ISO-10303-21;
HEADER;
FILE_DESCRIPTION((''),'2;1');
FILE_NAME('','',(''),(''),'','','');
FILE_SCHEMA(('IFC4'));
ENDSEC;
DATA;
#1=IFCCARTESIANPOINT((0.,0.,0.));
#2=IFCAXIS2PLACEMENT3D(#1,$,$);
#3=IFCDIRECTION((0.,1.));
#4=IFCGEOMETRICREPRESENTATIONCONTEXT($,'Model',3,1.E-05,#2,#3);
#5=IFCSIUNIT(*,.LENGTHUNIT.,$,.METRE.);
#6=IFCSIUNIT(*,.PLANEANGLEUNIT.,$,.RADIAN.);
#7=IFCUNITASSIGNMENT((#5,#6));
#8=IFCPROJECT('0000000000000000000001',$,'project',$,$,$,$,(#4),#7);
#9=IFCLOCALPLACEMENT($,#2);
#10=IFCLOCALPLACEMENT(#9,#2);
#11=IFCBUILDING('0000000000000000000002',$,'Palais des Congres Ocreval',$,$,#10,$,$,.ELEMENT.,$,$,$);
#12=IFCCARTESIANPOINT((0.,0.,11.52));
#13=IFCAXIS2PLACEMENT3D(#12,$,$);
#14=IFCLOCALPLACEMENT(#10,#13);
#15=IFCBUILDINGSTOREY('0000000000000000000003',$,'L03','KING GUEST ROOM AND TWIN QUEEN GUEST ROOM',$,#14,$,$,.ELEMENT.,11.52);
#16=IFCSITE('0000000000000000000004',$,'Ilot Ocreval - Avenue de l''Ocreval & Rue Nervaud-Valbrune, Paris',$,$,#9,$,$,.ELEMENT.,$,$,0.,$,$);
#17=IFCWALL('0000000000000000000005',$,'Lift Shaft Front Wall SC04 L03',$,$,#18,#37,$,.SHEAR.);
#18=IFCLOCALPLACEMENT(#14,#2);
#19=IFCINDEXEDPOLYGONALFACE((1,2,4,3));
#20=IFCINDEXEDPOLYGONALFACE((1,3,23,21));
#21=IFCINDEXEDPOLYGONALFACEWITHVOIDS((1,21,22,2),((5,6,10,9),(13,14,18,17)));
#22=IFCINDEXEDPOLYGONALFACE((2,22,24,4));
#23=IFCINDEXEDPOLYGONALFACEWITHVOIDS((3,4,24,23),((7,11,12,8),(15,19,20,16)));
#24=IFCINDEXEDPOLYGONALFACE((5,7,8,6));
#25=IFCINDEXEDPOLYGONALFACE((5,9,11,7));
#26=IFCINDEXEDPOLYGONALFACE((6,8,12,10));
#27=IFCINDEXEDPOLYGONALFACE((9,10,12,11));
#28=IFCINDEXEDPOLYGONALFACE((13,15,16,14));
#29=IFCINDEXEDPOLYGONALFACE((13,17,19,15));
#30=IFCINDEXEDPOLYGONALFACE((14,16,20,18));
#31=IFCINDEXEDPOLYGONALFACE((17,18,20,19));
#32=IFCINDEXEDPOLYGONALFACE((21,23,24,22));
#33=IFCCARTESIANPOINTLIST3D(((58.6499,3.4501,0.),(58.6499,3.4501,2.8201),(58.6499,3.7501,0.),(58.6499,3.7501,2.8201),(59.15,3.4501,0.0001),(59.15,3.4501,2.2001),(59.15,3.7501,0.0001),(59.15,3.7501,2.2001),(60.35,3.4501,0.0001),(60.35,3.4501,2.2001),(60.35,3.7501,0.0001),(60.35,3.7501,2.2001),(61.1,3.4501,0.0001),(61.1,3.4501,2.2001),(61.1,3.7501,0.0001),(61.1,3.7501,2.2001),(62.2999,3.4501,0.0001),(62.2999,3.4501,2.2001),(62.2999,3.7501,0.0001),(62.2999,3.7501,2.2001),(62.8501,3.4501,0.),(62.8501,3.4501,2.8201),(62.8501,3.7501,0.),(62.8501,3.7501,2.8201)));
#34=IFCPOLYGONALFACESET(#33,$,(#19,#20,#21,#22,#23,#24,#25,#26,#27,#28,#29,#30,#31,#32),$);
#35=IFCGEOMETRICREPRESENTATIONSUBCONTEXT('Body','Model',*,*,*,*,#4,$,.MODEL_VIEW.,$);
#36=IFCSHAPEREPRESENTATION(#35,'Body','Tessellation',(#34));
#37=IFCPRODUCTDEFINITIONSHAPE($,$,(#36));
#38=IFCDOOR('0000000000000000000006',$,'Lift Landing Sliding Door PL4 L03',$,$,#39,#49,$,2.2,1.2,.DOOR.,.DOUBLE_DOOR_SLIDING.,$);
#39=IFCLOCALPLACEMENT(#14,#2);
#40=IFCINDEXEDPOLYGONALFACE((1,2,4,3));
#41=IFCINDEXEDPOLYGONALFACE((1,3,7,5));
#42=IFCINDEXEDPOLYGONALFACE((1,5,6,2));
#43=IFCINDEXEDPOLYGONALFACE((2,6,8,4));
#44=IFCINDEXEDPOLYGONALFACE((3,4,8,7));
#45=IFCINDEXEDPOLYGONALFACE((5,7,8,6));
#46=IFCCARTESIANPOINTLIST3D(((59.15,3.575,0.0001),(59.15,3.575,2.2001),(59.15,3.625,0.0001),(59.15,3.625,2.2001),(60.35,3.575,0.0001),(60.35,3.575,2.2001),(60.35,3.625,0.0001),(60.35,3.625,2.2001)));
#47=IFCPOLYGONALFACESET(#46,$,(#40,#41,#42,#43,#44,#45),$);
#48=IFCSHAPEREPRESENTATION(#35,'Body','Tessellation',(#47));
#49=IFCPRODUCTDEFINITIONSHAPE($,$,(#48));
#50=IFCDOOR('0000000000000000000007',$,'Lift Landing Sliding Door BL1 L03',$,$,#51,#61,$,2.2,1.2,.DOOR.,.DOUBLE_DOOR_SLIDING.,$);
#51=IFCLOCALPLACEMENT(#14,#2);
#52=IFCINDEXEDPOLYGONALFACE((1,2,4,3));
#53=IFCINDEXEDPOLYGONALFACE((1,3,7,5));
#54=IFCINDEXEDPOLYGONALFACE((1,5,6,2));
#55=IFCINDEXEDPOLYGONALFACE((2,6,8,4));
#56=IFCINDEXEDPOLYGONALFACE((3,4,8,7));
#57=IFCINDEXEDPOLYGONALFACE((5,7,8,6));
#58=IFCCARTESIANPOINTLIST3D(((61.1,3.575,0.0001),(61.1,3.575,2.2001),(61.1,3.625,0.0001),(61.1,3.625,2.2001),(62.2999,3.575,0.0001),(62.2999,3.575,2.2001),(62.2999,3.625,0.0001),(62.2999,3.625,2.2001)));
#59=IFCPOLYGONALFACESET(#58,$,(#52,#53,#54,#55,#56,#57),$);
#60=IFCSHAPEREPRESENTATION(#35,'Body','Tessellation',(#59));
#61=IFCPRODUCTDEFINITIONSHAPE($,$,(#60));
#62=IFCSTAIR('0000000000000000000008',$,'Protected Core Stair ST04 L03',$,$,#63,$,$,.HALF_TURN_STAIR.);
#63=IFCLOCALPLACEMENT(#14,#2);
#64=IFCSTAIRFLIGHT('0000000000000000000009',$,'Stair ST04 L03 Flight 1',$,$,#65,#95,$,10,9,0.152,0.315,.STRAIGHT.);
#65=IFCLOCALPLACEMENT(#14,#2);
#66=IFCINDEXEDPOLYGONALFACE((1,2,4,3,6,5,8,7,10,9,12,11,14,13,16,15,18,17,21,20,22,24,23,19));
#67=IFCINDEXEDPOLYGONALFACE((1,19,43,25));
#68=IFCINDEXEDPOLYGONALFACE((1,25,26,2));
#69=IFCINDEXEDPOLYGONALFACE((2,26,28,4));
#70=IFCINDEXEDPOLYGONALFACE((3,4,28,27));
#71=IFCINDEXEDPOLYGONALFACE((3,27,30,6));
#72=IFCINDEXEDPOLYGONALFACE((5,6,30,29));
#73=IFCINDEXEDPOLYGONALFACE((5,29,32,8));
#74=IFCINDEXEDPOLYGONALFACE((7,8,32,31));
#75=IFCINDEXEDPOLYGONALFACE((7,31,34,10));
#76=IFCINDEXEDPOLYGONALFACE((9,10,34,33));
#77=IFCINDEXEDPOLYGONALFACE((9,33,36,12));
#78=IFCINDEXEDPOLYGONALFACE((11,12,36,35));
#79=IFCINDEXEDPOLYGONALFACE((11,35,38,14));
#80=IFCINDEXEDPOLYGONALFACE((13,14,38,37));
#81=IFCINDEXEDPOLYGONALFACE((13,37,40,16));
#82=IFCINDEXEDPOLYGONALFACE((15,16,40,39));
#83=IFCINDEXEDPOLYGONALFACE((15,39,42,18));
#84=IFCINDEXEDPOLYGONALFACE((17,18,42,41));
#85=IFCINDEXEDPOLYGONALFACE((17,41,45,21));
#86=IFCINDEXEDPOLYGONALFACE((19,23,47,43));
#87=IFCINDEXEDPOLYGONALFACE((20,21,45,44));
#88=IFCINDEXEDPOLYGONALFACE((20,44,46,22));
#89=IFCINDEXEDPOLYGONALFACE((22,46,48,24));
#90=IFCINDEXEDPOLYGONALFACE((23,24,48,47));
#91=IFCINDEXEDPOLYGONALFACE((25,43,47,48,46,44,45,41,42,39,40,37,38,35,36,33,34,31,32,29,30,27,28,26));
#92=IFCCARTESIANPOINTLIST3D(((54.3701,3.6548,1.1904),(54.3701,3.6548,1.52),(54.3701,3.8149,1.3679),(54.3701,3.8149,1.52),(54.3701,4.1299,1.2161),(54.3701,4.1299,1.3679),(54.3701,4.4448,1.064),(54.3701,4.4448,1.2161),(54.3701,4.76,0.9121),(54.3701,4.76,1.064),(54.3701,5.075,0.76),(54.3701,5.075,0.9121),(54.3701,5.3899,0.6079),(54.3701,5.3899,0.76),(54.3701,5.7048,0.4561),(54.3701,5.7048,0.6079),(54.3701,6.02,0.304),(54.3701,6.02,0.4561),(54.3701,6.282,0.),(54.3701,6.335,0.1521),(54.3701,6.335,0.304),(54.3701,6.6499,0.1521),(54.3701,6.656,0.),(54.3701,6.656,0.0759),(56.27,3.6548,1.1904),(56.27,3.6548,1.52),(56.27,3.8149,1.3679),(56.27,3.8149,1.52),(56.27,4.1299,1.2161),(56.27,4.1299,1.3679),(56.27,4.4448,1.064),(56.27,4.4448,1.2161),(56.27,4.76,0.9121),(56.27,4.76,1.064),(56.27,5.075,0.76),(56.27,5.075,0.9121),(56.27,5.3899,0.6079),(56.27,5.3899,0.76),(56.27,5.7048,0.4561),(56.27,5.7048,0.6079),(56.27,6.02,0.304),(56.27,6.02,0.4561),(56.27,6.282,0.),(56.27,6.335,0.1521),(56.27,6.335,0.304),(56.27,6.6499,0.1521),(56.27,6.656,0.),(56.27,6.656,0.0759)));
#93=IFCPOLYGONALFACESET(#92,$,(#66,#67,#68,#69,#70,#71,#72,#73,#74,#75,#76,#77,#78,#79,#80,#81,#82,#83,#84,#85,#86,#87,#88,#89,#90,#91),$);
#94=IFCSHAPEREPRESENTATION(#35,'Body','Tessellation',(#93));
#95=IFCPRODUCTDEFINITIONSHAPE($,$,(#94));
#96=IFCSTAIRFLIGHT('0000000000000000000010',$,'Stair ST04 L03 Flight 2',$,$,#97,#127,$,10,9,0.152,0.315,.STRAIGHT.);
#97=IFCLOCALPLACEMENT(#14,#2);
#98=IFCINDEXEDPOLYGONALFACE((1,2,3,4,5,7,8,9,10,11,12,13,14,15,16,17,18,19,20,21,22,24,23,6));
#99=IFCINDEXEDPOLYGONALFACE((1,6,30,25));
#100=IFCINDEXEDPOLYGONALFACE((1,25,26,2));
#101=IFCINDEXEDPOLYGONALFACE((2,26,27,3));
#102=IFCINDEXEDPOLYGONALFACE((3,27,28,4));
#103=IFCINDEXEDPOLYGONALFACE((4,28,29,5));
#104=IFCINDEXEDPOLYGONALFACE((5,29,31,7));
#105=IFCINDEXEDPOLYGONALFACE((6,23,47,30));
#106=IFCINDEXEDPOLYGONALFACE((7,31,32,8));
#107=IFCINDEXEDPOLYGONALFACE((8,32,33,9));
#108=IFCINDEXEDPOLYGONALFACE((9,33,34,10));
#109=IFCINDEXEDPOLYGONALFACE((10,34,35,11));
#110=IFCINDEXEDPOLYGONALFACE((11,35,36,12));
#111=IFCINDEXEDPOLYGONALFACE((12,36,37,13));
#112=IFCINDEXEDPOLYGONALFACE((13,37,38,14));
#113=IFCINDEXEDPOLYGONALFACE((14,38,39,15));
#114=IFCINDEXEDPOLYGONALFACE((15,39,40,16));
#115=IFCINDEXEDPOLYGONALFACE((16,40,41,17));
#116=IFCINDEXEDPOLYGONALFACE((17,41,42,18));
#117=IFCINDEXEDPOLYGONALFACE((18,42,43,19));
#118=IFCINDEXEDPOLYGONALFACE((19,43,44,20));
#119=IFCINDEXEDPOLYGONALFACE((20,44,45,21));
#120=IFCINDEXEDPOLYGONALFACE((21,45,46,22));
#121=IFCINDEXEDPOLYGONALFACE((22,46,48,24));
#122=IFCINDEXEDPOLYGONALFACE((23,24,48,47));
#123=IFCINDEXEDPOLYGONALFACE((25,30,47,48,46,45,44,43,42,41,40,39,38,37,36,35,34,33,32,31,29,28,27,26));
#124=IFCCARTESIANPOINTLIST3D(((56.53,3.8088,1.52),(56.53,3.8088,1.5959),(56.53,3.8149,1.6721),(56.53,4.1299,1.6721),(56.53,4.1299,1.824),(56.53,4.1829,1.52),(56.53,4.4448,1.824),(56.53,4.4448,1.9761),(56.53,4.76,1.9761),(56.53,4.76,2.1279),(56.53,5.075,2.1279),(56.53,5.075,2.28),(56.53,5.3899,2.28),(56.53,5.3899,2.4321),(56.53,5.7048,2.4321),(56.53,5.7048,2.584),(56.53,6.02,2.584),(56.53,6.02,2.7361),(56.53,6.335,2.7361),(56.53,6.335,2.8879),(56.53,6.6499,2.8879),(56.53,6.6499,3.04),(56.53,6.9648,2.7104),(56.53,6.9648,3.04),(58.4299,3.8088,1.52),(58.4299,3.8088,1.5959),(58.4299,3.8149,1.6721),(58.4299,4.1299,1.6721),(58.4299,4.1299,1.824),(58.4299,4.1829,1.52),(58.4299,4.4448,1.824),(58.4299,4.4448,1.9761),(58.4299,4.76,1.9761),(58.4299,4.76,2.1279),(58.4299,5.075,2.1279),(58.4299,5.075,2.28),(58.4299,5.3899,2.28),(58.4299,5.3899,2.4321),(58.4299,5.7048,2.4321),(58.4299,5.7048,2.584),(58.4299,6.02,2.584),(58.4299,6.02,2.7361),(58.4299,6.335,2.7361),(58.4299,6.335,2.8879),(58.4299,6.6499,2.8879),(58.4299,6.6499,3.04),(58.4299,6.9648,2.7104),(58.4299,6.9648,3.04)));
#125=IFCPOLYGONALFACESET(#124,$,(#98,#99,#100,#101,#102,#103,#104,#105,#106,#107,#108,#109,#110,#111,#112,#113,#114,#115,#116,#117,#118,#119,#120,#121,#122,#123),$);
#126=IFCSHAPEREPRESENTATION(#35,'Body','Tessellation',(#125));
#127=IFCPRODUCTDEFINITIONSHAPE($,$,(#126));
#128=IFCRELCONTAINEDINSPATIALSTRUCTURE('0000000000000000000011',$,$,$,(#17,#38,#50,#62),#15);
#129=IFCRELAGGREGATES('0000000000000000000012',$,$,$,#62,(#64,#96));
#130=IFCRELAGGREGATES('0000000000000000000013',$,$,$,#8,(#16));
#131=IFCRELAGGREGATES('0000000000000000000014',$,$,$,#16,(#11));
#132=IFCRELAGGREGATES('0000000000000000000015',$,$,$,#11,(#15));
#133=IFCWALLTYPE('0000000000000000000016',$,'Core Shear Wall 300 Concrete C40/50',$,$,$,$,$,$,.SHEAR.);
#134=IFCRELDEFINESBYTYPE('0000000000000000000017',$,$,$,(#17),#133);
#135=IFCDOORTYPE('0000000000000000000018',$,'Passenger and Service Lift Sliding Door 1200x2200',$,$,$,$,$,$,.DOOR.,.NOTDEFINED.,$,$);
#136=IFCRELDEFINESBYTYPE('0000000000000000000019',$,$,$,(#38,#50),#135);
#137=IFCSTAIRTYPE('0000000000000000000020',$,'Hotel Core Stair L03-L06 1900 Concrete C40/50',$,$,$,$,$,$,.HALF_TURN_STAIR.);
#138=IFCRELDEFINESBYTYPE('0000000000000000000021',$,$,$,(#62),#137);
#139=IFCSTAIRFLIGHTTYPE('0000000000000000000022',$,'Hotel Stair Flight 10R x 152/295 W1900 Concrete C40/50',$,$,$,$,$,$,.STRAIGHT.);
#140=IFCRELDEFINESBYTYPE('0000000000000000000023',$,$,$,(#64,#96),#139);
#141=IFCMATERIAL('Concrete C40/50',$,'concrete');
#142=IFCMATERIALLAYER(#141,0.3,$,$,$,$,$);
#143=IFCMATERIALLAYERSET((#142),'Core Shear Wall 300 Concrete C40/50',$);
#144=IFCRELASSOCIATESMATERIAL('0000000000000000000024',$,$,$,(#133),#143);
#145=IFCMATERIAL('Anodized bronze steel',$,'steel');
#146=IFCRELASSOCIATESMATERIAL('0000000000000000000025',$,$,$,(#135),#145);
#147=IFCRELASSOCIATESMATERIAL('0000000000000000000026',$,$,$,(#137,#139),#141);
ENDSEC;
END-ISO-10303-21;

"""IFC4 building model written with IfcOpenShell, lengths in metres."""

from ifc_helpers import new_model, si_unit, direction, frame, frame_2d, origin, place, context, subcontext, project, spatial, polyline, rectangle, outline, extrude, material, layer, layer_set, type_object, element, fill, aggregate, save


model = new_model("IFC4")

# Units and contexts
model_context = context("Model", 3, precision=1e-05, world=origin(), true_north=direction((0.0, 1.0)))
body_context = subcontext(model_context, "Body", "Model", "MODEL_VIEW")
ifc_project = project(units=[si_unit("LENGTHUNIT", "METRE"), si_unit("PLANEANGLEUNIT", "RADIAN")], contexts=[model_context])

# Site, building, storey
site_placement = place(None, origin())
site = spatial("IfcSite", under=ifc_project, at=site_placement, Name="Ilot Ocreval - Avenue de l'Ocreval & Rue Nervaud-Valbrune, Paris", CompositionType="ELEMENT", RefElevation=0.0)
building_placement = place(site_placement, origin())
building = spatial("IfcBuilding", under=site, at=building_placement, Name="Palais des Congres Ocreval", CompositionType="ELEMENT")
storey_placement = place(building_placement, frame((0.0, 0.0, 11.52)))
storey = spatial("IfcBuildingStorey", under=building, at=storey_placement, Name="L03", Description="KING GUEST ROOM AND TWIN QUEEN GUEST ROOM", CompositionType="ELEMENT", Elevation=11.52)

# Shared definitions
ifc_material_1 = material(Name="Concrete C40/50", Category="concrete")
ifc_layer_1 = layer(ifc_material_1, 0.3)
ifc_layer_set_1 = layer_set([ifc_layer_1], Name="Core Shear Wall 300 Concrete C40/50")
wall_type_1 = type_object("IfcWallType", Name="Core Shear Wall 300 Concrete C40/50", PredefinedType="SHEAR", material=ifc_layer_set_1)

# Wall, openings, doors
wall_1_placement = place(storey_placement, frame((58.6499, 3.6001, 0.0), z_axis=(0.0, 0.0, 1.0), x_axis=(1.0, 0.0, 0.0)))
wall_1 = element("IfcWall", 1, at=wall_1_placement, inside=storey, type_object=wall_type_1, Name="Lift Shaft Front Wall SC04 L03", PredefinedType="SHEAR", context=body_context, shape_type="SweptSolid", body=[
    extrude(rectangle(XDim=4.2002, YDim=0.3, at=frame_2d((2.1001, 0.0))), origin(), (0.0, 0.0, 1.0), 2.8201),
])
opening_1_placement = place(wall_1_placement, frame((0.5, 0.0, 0.0)))
opening_1 = element("IfcOpeningElement", 2, at=opening_1_placement, cuts=wall_1, PredefinedType="OPENING", context=body_context, shape_type="SweptSolid", body=[
    extrude(rectangle(XDim=1.2, YDim=2.2, at=frame_2d((0.6001, 1.1001))), frame((0.0, 0.1599, 0.0), z_axis=(0.0, -1.0, 0.0), x_axis=(1.0, 0.0, 0.0)), (0.0, 0.0, 1.0), 0.3201),
])
opening_2_placement = place(wall_1_placement, frame((2.45, 0.0, 0.0)))
opening_2 = element("IfcOpeningElement", 3, at=opening_2_placement, cuts=wall_1, PredefinedType="OPENING", context=body_context, shape_type="SweptSolid", body=[
    extrude(rectangle(XDim=1.2, YDim=2.2, at=frame_2d((0.6001, 1.1001))), frame((0.0, 0.1599, 0.0), z_axis=(0.0, -1.0, 0.0), x_axis=(1.0, 0.0, 0.0)), (0.0, 0.0, 1.0), 0.3201),
])
ifc_material_2 = material(Name="Anodized bronze steel", Category="steel")
door_type_1 = type_object("IfcDoorType", Name="Passenger and Service Lift Sliding Door 1200x2200", OperationType="NOTDEFINED", PredefinedType="DOOR", material=ifc_material_2)
door_1_placement = place(opening_1_placement, origin())
door_1 = element("IfcDoor", 4, at=door_1_placement, inside=storey, type_object=door_type_1, Name="Lift Landing Sliding Door PL4 L03", OperationType="DOUBLE_DOOR_SLIDING", OverallHeight=2.2, OverallWidth=1.2, PredefinedType="DOOR", context=body_context, shape_type="SweptSolid", body=[
    extrude(rectangle(XDim=1.2, YDim=2.2, at=frame_2d((0.6001, 1.1001))), frame((0.0, 0.0249, 0.0), z_axis=(0.0, -1.0, 0.0), x_axis=(1.0, 0.0, 0.0)), (0.0, 0.0, 1.0), 0.05),
])
fill(opening_1, door_1)
door_2_placement = place(opening_2_placement, origin())
door_2 = element("IfcDoor", 5, at=door_2_placement, inside=storey, type_object=door_type_1, Name="Lift Landing Sliding Door BL1 L03", OperationType="DOUBLE_DOOR_SLIDING", OverallHeight=2.2, OverallWidth=1.2, PredefinedType="DOOR", context=body_context, shape_type="SweptSolid", body=[
    extrude(rectangle(XDim=1.2, YDim=2.2, at=frame_2d((0.6001, 1.1001))), frame((0.0, 0.0249, 0.0), z_axis=(0.0, -1.0, 0.0), x_axis=(1.0, 0.0, 0.0)), (0.0, 0.0, 1.0), 0.05),
])
fill(opening_2, door_2)

# Stair, stair flights
stair_type = type_object("IfcStairType", Name="Hotel Core Stair L03-L06 1900 Concrete C40/50", PredefinedType="HALF_TURN_STAIR", material=ifc_material_1)
stair_placement = place(storey_placement, origin())
stair = element("IfcStair", 6, at=stair_placement, inside=storey, type_object=stair_type, Name="Protected Core Stair ST04 L03", PredefinedType="HALF_TURN_STAIR")
stair_flight_type = type_object("IfcStairFlightType", Name="Hotel Stair Flight 10R x 152/295 W1900 Concrete C40/50", PredefinedType="STRAIGHT", material=ifc_material_1)
stair_flight_1_placement = place(storey_placement, frame((55.3201, 6.6499, 0.0), z_axis=(0.0, 0.0, 1.0), x_axis=(0.0, -1.0, 0.0)))
stair_flight_1 = element("IfcStairFlight", 7, at=stair_flight_1_placement, type_object=stair_flight_type, Name="Stair ST04 L03 Flight 1", NumberOfRisers=10, NumberOfTreads=9, PredefinedType="STRAIGHT", RiserHeight=0.152, TreadLength=0.315, context=body_context, shape_type="SweptSolid", body=[
    extrude(outline(polyline([(-0.0061, 0.0), (-0.0061, 0.0759), (0.0, 0.1521), (0.3149, 0.1521), (0.3149, 0.304), (0.6299, 0.304), (0.6299, 0.4561), (0.9451, 0.4561), (0.9451, 0.6079), (1.26, 0.6079), (1.26, 0.76), (1.575, 0.76), (1.575, 0.9121), (1.8899, 0.9121), (1.8899, 1.064), (2.2051, 1.064), (2.2051, 1.2161), (2.52, 1.2161), (2.52, 1.3679), (2.835, 1.3679), (2.835, 1.52), (2.9951, 1.52), (2.9951, 1.1904), (0.3679, 0.0), (-0.0061, 0.0)])), frame((0.0, 0.95, 0.0), z_axis=(0.0, -1.0, 0.0), x_axis=(1.0, 0.0, 0.0)), (0.0, 0.0, 1.0), 1.8999),
])
stair_flight_2_placement = place(storey_placement, frame((57.48, 3.8149, 1.52), z_axis=(0.0, 0.0, 1.0), x_axis=(0.0, 1.0, 0.0)))
stair_flight_2 = element("IfcStairFlight", 8, at=stair_flight_2_placement, type_object=stair_flight_type, Name="Stair ST04 L03 Flight 2", NumberOfRisers=10, NumberOfTreads=9, PredefinedType="STRAIGHT", RiserHeight=0.152, TreadLength=0.315, context=body_context, shape_type="SweptSolid", body=[
    extrude(outline(polyline([(-0.0061, 0.0), (-0.0061, 0.0759), (0.0, 0.1521), (0.3149, 0.1521), (0.3149, 0.304), (0.6299, 0.304), (0.6299, 0.4561), (0.9451, 0.4561), (0.9451, 0.6079), (1.26, 0.6079), (1.26, 0.76), (1.575, 0.76), (1.575, 0.9121), (1.8899, 0.9121), (1.8899, 1.064), (2.2051, 1.064), (2.2051, 1.2161), (2.52, 1.2161), (2.52, 1.3679), (2.835, 1.3679), (2.835, 1.52), (3.1499, 1.52), (3.1499, 1.1904), (0.3679, 0.0), (-0.0061, 0.0)])), frame((0.0, 0.95, 0.0), z_axis=(0.0, -1.0, 0.0), x_axis=(1.0, 0.0, 0.0)), (0.0, 0.0, 1.0), 1.8999),
])
aggregate(stair, [stair_flight_1, stair_flight_2])

save(model, "model.ifc")
